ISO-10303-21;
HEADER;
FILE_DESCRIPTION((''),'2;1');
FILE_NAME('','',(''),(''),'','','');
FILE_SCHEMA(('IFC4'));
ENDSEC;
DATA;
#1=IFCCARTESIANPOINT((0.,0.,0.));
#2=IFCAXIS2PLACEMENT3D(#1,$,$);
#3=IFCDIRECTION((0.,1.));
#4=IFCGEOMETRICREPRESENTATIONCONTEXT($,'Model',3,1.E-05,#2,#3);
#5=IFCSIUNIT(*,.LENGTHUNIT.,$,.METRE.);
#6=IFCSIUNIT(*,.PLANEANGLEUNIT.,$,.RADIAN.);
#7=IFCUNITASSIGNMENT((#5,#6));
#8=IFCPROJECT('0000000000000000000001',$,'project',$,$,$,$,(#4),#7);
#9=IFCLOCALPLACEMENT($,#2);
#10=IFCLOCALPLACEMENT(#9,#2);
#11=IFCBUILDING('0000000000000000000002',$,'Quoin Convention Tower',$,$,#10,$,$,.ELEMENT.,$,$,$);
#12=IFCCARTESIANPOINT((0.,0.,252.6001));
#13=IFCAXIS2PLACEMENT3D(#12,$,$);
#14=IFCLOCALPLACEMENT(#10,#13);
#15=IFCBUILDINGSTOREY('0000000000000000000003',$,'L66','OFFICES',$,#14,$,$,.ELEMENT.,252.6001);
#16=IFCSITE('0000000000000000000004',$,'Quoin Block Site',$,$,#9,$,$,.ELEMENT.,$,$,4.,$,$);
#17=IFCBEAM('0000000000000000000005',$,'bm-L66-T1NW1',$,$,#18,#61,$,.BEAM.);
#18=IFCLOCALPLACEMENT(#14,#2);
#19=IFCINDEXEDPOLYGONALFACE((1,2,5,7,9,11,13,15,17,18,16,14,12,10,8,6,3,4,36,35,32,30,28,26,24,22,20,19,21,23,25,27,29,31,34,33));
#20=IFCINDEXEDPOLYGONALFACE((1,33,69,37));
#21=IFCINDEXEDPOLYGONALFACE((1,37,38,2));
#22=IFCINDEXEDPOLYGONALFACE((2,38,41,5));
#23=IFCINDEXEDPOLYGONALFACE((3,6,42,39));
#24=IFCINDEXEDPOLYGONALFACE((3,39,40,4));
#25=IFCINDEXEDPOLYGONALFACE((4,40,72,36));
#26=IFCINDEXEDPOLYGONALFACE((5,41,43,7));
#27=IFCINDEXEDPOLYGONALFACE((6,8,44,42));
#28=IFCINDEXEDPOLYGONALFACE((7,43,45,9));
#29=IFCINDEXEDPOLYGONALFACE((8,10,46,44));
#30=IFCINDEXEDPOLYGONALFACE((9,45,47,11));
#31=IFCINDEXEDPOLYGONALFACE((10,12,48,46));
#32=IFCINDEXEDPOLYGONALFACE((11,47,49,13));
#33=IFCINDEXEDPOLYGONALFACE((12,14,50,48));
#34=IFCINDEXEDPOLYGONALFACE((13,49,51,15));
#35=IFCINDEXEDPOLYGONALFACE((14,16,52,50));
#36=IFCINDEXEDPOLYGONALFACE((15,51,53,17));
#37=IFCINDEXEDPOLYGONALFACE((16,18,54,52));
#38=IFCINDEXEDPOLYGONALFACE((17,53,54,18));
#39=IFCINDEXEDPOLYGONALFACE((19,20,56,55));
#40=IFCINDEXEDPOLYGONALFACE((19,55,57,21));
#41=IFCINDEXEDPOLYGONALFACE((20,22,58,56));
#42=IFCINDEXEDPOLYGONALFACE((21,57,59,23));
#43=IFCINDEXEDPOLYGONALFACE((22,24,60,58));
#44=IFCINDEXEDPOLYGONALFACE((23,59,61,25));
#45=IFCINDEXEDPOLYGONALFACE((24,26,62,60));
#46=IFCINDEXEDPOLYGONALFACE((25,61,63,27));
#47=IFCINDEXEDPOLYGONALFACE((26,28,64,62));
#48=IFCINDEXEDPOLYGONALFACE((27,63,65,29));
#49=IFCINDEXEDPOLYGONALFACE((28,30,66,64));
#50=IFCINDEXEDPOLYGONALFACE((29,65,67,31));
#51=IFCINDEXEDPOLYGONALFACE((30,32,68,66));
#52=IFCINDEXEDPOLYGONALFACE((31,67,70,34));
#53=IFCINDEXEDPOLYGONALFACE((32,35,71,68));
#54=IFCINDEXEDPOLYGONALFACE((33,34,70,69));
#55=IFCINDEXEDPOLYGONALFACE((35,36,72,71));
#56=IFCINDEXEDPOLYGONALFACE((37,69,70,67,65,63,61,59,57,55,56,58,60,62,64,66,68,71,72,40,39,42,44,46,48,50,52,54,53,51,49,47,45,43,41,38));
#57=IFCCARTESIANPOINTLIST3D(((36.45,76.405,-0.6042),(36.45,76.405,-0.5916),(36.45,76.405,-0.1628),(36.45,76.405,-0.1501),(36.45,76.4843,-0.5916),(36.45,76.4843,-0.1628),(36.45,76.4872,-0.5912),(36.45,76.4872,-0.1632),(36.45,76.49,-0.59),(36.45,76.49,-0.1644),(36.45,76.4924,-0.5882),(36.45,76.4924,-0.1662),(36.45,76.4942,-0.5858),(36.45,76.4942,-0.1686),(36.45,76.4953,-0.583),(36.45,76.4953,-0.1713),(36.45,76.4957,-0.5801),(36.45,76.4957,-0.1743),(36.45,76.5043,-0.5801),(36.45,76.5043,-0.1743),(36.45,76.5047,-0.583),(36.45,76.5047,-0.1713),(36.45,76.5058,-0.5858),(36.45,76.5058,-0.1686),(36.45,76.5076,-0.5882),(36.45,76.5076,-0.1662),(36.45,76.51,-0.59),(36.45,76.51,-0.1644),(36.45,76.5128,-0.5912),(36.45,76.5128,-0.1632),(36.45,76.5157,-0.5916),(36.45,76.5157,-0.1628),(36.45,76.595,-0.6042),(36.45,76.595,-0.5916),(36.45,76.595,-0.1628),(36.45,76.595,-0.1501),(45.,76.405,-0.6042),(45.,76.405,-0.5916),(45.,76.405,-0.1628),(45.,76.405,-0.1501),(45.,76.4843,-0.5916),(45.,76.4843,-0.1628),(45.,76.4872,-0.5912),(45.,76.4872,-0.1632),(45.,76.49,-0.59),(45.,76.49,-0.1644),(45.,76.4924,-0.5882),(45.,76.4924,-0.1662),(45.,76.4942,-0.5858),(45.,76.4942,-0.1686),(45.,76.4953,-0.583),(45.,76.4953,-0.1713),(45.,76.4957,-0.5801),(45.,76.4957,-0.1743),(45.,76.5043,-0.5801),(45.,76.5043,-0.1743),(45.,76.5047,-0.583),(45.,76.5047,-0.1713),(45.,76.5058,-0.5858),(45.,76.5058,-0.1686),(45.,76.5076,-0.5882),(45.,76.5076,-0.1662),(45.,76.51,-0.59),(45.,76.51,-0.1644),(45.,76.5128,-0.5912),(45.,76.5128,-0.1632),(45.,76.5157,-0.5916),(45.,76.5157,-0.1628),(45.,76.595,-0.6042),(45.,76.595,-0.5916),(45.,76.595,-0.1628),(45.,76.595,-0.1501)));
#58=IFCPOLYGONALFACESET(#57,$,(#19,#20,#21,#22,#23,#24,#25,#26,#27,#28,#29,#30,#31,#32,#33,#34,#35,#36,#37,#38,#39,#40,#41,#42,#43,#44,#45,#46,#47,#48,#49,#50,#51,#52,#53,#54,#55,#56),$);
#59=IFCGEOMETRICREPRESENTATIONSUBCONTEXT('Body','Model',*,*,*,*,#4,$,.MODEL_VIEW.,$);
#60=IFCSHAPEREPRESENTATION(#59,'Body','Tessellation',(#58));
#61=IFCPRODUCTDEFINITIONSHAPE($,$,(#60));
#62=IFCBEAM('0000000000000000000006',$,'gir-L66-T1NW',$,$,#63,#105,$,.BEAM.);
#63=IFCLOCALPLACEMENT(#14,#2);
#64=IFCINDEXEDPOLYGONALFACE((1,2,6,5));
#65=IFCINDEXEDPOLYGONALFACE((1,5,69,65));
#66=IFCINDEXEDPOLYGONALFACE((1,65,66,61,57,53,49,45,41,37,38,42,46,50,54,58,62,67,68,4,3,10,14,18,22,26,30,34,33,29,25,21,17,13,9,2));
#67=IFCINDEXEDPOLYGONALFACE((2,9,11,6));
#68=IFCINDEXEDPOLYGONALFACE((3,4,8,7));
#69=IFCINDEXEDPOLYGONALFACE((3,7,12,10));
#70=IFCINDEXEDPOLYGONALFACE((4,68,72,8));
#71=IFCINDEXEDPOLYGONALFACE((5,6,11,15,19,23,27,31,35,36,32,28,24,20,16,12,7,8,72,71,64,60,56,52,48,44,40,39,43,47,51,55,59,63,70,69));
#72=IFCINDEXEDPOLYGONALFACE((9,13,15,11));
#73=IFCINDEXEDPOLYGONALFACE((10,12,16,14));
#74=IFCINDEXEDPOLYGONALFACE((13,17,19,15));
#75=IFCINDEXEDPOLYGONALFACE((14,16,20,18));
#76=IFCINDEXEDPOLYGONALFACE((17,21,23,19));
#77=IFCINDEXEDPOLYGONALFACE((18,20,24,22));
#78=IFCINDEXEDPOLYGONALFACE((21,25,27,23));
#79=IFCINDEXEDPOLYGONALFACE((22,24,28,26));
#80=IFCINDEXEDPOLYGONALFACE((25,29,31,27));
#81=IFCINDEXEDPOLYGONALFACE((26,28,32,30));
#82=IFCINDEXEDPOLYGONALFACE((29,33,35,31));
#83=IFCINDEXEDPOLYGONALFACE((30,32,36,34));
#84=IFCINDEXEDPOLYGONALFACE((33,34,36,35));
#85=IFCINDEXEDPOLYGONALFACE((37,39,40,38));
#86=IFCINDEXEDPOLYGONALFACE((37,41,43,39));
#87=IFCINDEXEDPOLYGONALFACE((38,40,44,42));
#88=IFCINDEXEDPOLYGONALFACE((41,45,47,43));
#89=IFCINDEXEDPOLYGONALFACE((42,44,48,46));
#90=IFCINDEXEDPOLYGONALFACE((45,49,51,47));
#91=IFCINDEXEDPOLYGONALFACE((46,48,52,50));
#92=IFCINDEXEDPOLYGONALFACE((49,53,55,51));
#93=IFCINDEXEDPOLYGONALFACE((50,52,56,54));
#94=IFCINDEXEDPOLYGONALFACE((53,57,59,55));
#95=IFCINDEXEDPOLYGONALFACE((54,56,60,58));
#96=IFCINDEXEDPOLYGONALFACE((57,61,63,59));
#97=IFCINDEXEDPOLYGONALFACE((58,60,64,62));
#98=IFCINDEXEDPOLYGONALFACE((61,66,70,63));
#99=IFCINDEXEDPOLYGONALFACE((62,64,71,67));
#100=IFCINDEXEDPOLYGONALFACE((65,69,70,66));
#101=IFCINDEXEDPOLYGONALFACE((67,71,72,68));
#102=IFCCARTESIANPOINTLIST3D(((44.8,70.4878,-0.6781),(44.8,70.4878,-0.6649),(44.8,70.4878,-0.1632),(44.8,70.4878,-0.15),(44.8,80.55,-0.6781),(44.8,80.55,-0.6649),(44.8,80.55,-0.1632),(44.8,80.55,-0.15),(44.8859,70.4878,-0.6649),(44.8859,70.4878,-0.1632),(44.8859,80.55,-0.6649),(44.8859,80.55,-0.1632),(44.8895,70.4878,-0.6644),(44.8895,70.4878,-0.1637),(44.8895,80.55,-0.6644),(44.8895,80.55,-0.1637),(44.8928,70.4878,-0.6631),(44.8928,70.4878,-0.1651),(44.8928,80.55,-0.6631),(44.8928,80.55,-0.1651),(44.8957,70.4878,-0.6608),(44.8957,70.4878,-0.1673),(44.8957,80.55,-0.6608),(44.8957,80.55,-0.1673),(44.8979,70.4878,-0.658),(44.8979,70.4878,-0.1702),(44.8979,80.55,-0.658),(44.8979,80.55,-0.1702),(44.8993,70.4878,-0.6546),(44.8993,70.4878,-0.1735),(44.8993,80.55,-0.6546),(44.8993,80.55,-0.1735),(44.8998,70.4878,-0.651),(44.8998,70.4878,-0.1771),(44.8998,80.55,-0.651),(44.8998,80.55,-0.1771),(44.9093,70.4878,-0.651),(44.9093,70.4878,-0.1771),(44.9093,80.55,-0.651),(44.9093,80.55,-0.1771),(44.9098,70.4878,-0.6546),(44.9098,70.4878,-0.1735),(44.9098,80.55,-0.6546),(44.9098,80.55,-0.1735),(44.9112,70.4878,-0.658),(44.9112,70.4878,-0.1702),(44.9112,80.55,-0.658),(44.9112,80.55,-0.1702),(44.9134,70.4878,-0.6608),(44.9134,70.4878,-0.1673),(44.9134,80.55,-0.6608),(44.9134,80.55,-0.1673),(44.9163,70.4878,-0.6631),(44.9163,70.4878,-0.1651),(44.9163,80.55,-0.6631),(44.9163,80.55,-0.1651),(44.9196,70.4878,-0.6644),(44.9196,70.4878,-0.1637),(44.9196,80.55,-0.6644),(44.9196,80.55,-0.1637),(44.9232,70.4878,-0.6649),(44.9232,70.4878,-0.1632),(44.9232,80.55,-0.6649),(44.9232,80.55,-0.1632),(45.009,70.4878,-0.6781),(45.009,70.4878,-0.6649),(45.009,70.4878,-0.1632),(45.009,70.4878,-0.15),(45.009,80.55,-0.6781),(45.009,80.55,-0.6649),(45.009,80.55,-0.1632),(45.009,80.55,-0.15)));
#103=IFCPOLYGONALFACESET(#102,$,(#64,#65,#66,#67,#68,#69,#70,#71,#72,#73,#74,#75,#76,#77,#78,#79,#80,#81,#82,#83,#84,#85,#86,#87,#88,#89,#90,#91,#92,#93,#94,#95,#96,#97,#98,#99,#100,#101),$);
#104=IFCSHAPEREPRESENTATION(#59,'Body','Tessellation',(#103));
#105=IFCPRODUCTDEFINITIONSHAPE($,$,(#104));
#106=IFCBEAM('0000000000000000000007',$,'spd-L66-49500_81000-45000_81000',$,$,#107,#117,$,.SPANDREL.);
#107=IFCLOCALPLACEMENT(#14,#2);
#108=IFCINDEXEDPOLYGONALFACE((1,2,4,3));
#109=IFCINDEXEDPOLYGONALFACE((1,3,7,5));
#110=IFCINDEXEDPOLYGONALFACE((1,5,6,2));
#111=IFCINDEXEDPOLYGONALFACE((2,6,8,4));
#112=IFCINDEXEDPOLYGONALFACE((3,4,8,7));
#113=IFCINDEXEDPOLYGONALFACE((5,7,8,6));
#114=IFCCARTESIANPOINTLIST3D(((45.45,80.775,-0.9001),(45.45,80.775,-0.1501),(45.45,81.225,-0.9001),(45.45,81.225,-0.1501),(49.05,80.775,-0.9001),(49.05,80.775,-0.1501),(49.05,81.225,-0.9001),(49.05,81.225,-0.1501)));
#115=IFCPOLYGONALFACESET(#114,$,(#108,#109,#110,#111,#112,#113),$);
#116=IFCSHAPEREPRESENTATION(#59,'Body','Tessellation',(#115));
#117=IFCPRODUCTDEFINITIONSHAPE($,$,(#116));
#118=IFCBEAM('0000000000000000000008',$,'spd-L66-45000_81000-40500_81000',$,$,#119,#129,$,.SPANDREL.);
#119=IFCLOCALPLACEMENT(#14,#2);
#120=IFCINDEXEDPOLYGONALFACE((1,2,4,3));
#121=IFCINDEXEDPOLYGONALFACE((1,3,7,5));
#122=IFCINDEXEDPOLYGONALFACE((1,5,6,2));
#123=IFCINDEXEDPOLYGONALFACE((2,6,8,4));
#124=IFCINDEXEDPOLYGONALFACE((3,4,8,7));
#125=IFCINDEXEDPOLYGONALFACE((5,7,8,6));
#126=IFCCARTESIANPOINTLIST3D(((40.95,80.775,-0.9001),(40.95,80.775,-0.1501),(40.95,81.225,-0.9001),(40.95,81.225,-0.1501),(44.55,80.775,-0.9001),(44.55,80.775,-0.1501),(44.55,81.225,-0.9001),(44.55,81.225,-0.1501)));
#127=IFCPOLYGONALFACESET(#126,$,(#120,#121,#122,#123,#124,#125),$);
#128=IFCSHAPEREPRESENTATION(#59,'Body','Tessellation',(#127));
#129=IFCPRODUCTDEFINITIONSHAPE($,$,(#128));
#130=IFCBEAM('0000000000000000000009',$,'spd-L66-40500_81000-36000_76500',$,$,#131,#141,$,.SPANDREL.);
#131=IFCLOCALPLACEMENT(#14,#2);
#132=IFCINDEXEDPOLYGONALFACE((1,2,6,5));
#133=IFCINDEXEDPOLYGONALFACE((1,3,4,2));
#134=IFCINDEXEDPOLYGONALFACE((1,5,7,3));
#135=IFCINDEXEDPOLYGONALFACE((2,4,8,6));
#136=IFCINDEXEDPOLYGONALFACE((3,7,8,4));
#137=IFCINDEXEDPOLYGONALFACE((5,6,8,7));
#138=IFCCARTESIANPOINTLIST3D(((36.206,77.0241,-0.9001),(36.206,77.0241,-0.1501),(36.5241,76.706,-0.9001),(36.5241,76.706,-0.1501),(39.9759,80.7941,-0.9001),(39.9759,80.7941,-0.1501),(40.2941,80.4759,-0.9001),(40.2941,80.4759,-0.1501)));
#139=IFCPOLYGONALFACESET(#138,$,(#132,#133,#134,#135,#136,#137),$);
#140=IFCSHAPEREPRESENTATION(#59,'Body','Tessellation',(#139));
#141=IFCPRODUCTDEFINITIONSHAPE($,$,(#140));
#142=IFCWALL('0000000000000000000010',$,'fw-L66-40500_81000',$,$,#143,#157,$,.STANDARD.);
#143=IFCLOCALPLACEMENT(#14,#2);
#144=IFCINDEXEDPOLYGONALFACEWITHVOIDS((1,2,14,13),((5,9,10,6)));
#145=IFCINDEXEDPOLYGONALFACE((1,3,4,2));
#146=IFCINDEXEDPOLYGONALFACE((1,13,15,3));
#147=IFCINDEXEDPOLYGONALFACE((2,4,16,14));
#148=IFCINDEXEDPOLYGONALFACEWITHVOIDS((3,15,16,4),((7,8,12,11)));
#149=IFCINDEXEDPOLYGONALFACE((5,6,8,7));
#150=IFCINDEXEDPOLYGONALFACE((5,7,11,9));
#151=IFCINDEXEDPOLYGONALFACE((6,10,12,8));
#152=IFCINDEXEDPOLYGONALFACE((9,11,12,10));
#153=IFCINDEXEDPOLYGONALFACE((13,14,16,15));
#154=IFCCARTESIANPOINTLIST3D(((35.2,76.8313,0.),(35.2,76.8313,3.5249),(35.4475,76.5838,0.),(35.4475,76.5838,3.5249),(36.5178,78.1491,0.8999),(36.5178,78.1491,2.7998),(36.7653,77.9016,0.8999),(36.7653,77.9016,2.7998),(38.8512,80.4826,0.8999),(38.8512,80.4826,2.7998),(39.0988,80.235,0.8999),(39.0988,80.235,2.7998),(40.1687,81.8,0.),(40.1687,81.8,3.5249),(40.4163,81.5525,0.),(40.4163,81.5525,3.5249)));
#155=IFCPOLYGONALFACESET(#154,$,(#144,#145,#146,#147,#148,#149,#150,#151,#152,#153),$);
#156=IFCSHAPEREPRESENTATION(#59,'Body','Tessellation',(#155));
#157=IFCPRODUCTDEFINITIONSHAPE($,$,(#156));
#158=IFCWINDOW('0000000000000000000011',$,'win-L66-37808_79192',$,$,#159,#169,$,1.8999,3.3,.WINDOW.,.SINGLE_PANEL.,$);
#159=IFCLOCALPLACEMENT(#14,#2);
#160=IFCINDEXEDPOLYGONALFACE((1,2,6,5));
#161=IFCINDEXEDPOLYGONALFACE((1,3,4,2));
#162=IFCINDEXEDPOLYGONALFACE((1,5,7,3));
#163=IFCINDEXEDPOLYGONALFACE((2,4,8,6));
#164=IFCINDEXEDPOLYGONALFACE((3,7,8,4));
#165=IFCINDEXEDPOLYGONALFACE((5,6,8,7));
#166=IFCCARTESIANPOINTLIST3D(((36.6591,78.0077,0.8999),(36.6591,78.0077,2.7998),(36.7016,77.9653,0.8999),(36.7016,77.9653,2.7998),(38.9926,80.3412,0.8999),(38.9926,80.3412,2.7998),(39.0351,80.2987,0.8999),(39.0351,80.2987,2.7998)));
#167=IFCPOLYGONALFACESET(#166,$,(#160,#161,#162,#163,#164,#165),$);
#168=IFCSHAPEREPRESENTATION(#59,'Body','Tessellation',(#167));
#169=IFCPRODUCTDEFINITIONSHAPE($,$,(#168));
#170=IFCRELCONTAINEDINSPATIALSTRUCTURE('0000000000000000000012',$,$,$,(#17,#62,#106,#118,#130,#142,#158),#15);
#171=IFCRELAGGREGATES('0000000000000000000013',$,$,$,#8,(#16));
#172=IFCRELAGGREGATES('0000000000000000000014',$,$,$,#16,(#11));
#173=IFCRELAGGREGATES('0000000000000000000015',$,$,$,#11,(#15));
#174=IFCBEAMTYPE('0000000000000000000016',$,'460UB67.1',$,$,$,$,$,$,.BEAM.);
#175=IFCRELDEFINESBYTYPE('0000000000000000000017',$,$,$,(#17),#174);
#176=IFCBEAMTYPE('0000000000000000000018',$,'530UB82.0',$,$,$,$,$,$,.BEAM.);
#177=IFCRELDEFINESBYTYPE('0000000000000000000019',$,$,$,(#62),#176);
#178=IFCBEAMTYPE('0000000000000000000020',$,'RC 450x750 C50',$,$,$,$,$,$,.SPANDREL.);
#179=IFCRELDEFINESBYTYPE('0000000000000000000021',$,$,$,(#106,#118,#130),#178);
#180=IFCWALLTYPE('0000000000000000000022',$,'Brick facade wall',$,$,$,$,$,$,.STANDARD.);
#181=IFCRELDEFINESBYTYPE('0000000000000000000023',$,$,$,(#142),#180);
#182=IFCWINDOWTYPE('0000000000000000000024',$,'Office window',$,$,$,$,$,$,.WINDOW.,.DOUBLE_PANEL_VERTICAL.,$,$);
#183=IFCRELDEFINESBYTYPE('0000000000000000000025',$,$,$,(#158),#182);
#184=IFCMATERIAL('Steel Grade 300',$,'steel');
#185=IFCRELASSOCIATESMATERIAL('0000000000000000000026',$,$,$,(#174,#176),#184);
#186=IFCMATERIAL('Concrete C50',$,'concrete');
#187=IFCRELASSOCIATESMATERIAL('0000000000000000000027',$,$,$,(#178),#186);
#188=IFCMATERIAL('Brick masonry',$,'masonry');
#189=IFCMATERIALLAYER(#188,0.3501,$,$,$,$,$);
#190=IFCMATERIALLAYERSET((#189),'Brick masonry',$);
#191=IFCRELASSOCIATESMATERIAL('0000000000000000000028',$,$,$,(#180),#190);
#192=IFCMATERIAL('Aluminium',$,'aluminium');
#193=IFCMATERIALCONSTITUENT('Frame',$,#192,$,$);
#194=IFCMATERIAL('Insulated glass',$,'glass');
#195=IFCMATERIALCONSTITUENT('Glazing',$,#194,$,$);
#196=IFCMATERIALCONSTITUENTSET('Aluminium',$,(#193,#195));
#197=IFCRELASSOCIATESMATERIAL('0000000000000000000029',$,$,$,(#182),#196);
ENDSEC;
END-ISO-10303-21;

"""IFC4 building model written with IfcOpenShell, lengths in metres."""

from ifc_helpers import new_model, si_unit, direction, frame, frame_2d, origin, origin_2d, place, context, subcontext, project, spatial, rectangle, i_section, extrude, material, layer, layer_set, constituent, constituent_set, material_profile, profile_set, type_object, element, fill, save


model = new_model("IFC4")

# Units and contexts
model_context = context("Model", 3, precision=1e-05, world=origin(), true_north=direction((0.0, 1.0)))
body_context = subcontext(model_context, "Body", "Model", "MODEL_VIEW")
ifc_project = project(units=[si_unit("LENGTHUNIT", "METRE"), si_unit("PLANEANGLEUNIT", "RADIAN")], contexts=[model_context])

# Site, building, storey
site_placement = place(None, origin())
site = spatial("IfcSite", under=ifc_project, at=site_placement, Name="Quoin Block Site", CompositionType="ELEMENT", RefElevation=4.0)
building_placement = place(site_placement, origin())
building = spatial("IfcBuilding", under=site, at=building_placement, Name="Quoin Convention Tower", CompositionType="ELEMENT")
storey_placement = place(building_placement, frame((0.0, 0.0, 252.6001)))
storey = spatial("IfcBuildingStorey", under=building, at=storey_placement, Name="L66", Description="OFFICES", CompositionType="ELEMENT", Elevation=252.6001)

# Shared definitions
ifc_material_1 = material(Name="Concrete C50", Category="concrete")

# Beams
ifc_material_2 = material(Name="Steel Grade 300", Category="steel")
ifc_material_profile_1 = material_profile(ifc_material_2, i_section(OverallWidth=0.1899, OverallDepth=0.4541, WebThickness=0.0085, FlangeThickness=0.0127, FilletRadius=0.0115, at=origin_2d()), Name="460UB67.1")
ifc_profile_set_1 = profile_set([ifc_material_profile_1], Name="Steel Grade 300")
beam_type_1 = type_object("IfcBeamType", Name="460UB67.1", PredefinedType="BEAM", material=ifc_profile_set_1)
beam_1_placement = place(storey_placement, frame((36.45, 76.5, -0.3772), z_axis=(1.0, 0.0, 0.0), x_axis=(0.0, 1.0, 0.0)))
element("IfcBeam", 1, at=beam_1_placement, inside=storey, type_object=beam_type_1, Name="bm-L66-T1NW1", PredefinedType="BEAM", context=body_context, shape_type="SweptSolid", body=[
    extrude(i_section(OverallWidth=0.1899, OverallDepth=0.4541, WebThickness=0.0085, FlangeThickness=0.0127, FilletRadius=0.0115, at=origin_2d()), origin(), (0.0, 0.0, 1.0), 8.55),
])
ifc_material_profile_2 = material_profile(ifc_material_2, i_section(OverallWidth=0.209, OverallDepth=0.5281, WebThickness=0.0095, FlangeThickness=0.0132, FilletRadius=0.0139, at=origin_2d()), Name="530UB82.0")
ifc_profile_set_2 = profile_set([ifc_material_profile_2], Name="Steel Grade 300")
beam_type_2 = type_object("IfcBeamType", Name="530UB82.0", PredefinedType="BEAM", material=ifc_profile_set_2)
beam_2_placement = place(storey_placement, frame((44.9045, 80.55, -0.4141), z_axis=(0.0, -1.0, 0.0), x_axis=(1.0, 0.0, 0.0)))
element("IfcBeam", 2, at=beam_2_placement, inside=storey, type_object=beam_type_2, Name="gir-L66-T1NW", PredefinedType="BEAM", context=body_context, shape_type="SweptSolid", body=[
    extrude(i_section(OverallWidth=0.209, OverallDepth=0.5281, WebThickness=0.0095, FlangeThickness=0.0132, FilletRadius=0.0139, at=origin_2d()), origin(), (0.0, 0.0, 1.0), 10.0623),
])
ifc_material_profile_3 = material_profile(ifc_material_1, rectangle(XDim=0.45, YDim=0.75, at=origin_2d()), Name="RC 450x750")
ifc_profile_set_3 = profile_set([ifc_material_profile_3], Name="Concrete C50")
beam_type_3 = type_object("IfcBeamType", Name="RC 450x750 C50", PredefinedType="SPANDREL", material=ifc_profile_set_3)
for number, where, z_axis, x_axis, name in (
    (3, (49.05, 81.0, -0.5251), (-1.0, 0.0, 0.0), (0.0, -1.0, 0.0), "spd-L66-49500_81000-45000_81000"),
    (4, (44.55, 81.0, -0.5251), (-1.0, 0.0, 0.0), (0.0, -1.0, 0.0), "spd-L66-45000_81000-40500_81000"),
):
    element("IfcBeam", number, at=place(storey_placement, frame(where, z_axis=z_axis, x_axis=x_axis)), inside=storey, type_object=beam_type_3, Name=name, PredefinedType="SPANDREL", context=body_context, shape_type="SweptSolid", body=[
        extrude(rectangle(XDim=0.45, YDim=0.75, at=origin_2d()), origin(), (0.0, 0.0, 1.0), 3.6001),
    ])
beam_3_placement = place(storey_placement, frame((40.135, 80.635, -0.5251), z_axis=(-0.707107, -0.707107, 0.0), x_axis=(0.707107, -0.707107, 0.0)))
element("IfcBeam", 5, at=beam_3_placement, inside=storey, type_object=beam_type_3, Name="spd-L66-40500_81000-36000_76500", PredefinedType="SPANDREL", context=body_context, shape_type="SweptSolid", body=[
    extrude(rectangle(XDim=0.45, YDim=0.75, at=origin_2d()), origin(), (0.0, 0.0, 1.0), 5.3315),
])

# Wall, opening, window
ifc_material_3 = material(Name="Brick masonry", Category="masonry")
ifc_layer_1 = layer(ifc_material_3, 0.3501)
ifc_layer_set_1 = layer_set([ifc_layer_1], Name="Brick masonry")
wall_type_1 = type_object("IfcWallType", Name="Brick facade wall", PredefinedType="STANDARD", material=ifc_layer_set_1)
wall_1_placement = place(storey_placement, frame((40.2925, 81.6763, 0.0), z_axis=(0.0, 0.0, 1.0), x_axis=(-0.707107, -0.707107, 0.0)))
wall_1 = element("IfcWall", 6, at=wall_1_placement, inside=storey, type_object=wall_type_1, Name="fw-L66-40500_81000", PredefinedType="STANDARD", context=body_context, shape_type="SweptSolid", body=[
    extrude(rectangle(XDim=7.0269, YDim=0.3501, at=frame_2d((3.5134, 0.0))), origin(), (0.0, 0.0, 1.0), 3.5249),
])
opening_1_placement = place(wall_1_placement, frame((1.8633, 0.0, 0.8999)))
opening_1 = element("IfcOpeningElement", 7, at=opening_1_placement, cuts=wall_1, PredefinedType="OPENING", context=body_context, shape_type="SweptSolid", body=[
    extrude(rectangle(XDim=3.3, YDim=1.8999, at=frame_2d((1.6499, 0.95))), frame((0.0, 0.1851, 0.0), z_axis=(0.0, -1.0, 0.0), x_axis=(1.0, 0.0, 0.0)), (0.0, 0.0, 1.0), 0.3701),
])
ifc_material_4 = material(Name="Aluminium", Category="aluminium")
ifc_constituent_1 = constituent(ifc_material_4, Name="Frame")
ifc_material_5 = material(Name="Insulated glass", Category="glass")
ifc_constituent_2 = constituent(ifc_material_5, Name="Glazing")
ifc_constituent_set = constituent_set(constituents=[ifc_constituent_1, ifc_constituent_2], Name="Aluminium")
window_type = type_object("IfcWindowType", Name="Office window", PartitioningType="DOUBLE_PANEL_VERTICAL", PredefinedType="WINDOW", material=ifc_constituent_set)
window_placement = place(opening_1_placement, origin())
window = element("IfcWindow", 8, at=window_placement, inside=storey, type_object=window_type, Name="win-L66-37808_79192", OverallHeight=1.8999, OverallWidth=3.3, PartitioningType="SINGLE_PANEL", PredefinedType="WINDOW", context=body_context, shape_type="SweptSolid", body=[
    extrude(rectangle(XDim=3.3, YDim=1.8999, at=frame_2d((1.6499, 0.95))), frame((0.0, 0.085, 0.0), z_axis=(0.0, -1.0, 0.0), x_axis=(1.0, 0.0, 0.0)), (0.0, 0.0, 1.0), 0.0601),
])
fill(opening_1, window)

save(model, "model.ifc")
